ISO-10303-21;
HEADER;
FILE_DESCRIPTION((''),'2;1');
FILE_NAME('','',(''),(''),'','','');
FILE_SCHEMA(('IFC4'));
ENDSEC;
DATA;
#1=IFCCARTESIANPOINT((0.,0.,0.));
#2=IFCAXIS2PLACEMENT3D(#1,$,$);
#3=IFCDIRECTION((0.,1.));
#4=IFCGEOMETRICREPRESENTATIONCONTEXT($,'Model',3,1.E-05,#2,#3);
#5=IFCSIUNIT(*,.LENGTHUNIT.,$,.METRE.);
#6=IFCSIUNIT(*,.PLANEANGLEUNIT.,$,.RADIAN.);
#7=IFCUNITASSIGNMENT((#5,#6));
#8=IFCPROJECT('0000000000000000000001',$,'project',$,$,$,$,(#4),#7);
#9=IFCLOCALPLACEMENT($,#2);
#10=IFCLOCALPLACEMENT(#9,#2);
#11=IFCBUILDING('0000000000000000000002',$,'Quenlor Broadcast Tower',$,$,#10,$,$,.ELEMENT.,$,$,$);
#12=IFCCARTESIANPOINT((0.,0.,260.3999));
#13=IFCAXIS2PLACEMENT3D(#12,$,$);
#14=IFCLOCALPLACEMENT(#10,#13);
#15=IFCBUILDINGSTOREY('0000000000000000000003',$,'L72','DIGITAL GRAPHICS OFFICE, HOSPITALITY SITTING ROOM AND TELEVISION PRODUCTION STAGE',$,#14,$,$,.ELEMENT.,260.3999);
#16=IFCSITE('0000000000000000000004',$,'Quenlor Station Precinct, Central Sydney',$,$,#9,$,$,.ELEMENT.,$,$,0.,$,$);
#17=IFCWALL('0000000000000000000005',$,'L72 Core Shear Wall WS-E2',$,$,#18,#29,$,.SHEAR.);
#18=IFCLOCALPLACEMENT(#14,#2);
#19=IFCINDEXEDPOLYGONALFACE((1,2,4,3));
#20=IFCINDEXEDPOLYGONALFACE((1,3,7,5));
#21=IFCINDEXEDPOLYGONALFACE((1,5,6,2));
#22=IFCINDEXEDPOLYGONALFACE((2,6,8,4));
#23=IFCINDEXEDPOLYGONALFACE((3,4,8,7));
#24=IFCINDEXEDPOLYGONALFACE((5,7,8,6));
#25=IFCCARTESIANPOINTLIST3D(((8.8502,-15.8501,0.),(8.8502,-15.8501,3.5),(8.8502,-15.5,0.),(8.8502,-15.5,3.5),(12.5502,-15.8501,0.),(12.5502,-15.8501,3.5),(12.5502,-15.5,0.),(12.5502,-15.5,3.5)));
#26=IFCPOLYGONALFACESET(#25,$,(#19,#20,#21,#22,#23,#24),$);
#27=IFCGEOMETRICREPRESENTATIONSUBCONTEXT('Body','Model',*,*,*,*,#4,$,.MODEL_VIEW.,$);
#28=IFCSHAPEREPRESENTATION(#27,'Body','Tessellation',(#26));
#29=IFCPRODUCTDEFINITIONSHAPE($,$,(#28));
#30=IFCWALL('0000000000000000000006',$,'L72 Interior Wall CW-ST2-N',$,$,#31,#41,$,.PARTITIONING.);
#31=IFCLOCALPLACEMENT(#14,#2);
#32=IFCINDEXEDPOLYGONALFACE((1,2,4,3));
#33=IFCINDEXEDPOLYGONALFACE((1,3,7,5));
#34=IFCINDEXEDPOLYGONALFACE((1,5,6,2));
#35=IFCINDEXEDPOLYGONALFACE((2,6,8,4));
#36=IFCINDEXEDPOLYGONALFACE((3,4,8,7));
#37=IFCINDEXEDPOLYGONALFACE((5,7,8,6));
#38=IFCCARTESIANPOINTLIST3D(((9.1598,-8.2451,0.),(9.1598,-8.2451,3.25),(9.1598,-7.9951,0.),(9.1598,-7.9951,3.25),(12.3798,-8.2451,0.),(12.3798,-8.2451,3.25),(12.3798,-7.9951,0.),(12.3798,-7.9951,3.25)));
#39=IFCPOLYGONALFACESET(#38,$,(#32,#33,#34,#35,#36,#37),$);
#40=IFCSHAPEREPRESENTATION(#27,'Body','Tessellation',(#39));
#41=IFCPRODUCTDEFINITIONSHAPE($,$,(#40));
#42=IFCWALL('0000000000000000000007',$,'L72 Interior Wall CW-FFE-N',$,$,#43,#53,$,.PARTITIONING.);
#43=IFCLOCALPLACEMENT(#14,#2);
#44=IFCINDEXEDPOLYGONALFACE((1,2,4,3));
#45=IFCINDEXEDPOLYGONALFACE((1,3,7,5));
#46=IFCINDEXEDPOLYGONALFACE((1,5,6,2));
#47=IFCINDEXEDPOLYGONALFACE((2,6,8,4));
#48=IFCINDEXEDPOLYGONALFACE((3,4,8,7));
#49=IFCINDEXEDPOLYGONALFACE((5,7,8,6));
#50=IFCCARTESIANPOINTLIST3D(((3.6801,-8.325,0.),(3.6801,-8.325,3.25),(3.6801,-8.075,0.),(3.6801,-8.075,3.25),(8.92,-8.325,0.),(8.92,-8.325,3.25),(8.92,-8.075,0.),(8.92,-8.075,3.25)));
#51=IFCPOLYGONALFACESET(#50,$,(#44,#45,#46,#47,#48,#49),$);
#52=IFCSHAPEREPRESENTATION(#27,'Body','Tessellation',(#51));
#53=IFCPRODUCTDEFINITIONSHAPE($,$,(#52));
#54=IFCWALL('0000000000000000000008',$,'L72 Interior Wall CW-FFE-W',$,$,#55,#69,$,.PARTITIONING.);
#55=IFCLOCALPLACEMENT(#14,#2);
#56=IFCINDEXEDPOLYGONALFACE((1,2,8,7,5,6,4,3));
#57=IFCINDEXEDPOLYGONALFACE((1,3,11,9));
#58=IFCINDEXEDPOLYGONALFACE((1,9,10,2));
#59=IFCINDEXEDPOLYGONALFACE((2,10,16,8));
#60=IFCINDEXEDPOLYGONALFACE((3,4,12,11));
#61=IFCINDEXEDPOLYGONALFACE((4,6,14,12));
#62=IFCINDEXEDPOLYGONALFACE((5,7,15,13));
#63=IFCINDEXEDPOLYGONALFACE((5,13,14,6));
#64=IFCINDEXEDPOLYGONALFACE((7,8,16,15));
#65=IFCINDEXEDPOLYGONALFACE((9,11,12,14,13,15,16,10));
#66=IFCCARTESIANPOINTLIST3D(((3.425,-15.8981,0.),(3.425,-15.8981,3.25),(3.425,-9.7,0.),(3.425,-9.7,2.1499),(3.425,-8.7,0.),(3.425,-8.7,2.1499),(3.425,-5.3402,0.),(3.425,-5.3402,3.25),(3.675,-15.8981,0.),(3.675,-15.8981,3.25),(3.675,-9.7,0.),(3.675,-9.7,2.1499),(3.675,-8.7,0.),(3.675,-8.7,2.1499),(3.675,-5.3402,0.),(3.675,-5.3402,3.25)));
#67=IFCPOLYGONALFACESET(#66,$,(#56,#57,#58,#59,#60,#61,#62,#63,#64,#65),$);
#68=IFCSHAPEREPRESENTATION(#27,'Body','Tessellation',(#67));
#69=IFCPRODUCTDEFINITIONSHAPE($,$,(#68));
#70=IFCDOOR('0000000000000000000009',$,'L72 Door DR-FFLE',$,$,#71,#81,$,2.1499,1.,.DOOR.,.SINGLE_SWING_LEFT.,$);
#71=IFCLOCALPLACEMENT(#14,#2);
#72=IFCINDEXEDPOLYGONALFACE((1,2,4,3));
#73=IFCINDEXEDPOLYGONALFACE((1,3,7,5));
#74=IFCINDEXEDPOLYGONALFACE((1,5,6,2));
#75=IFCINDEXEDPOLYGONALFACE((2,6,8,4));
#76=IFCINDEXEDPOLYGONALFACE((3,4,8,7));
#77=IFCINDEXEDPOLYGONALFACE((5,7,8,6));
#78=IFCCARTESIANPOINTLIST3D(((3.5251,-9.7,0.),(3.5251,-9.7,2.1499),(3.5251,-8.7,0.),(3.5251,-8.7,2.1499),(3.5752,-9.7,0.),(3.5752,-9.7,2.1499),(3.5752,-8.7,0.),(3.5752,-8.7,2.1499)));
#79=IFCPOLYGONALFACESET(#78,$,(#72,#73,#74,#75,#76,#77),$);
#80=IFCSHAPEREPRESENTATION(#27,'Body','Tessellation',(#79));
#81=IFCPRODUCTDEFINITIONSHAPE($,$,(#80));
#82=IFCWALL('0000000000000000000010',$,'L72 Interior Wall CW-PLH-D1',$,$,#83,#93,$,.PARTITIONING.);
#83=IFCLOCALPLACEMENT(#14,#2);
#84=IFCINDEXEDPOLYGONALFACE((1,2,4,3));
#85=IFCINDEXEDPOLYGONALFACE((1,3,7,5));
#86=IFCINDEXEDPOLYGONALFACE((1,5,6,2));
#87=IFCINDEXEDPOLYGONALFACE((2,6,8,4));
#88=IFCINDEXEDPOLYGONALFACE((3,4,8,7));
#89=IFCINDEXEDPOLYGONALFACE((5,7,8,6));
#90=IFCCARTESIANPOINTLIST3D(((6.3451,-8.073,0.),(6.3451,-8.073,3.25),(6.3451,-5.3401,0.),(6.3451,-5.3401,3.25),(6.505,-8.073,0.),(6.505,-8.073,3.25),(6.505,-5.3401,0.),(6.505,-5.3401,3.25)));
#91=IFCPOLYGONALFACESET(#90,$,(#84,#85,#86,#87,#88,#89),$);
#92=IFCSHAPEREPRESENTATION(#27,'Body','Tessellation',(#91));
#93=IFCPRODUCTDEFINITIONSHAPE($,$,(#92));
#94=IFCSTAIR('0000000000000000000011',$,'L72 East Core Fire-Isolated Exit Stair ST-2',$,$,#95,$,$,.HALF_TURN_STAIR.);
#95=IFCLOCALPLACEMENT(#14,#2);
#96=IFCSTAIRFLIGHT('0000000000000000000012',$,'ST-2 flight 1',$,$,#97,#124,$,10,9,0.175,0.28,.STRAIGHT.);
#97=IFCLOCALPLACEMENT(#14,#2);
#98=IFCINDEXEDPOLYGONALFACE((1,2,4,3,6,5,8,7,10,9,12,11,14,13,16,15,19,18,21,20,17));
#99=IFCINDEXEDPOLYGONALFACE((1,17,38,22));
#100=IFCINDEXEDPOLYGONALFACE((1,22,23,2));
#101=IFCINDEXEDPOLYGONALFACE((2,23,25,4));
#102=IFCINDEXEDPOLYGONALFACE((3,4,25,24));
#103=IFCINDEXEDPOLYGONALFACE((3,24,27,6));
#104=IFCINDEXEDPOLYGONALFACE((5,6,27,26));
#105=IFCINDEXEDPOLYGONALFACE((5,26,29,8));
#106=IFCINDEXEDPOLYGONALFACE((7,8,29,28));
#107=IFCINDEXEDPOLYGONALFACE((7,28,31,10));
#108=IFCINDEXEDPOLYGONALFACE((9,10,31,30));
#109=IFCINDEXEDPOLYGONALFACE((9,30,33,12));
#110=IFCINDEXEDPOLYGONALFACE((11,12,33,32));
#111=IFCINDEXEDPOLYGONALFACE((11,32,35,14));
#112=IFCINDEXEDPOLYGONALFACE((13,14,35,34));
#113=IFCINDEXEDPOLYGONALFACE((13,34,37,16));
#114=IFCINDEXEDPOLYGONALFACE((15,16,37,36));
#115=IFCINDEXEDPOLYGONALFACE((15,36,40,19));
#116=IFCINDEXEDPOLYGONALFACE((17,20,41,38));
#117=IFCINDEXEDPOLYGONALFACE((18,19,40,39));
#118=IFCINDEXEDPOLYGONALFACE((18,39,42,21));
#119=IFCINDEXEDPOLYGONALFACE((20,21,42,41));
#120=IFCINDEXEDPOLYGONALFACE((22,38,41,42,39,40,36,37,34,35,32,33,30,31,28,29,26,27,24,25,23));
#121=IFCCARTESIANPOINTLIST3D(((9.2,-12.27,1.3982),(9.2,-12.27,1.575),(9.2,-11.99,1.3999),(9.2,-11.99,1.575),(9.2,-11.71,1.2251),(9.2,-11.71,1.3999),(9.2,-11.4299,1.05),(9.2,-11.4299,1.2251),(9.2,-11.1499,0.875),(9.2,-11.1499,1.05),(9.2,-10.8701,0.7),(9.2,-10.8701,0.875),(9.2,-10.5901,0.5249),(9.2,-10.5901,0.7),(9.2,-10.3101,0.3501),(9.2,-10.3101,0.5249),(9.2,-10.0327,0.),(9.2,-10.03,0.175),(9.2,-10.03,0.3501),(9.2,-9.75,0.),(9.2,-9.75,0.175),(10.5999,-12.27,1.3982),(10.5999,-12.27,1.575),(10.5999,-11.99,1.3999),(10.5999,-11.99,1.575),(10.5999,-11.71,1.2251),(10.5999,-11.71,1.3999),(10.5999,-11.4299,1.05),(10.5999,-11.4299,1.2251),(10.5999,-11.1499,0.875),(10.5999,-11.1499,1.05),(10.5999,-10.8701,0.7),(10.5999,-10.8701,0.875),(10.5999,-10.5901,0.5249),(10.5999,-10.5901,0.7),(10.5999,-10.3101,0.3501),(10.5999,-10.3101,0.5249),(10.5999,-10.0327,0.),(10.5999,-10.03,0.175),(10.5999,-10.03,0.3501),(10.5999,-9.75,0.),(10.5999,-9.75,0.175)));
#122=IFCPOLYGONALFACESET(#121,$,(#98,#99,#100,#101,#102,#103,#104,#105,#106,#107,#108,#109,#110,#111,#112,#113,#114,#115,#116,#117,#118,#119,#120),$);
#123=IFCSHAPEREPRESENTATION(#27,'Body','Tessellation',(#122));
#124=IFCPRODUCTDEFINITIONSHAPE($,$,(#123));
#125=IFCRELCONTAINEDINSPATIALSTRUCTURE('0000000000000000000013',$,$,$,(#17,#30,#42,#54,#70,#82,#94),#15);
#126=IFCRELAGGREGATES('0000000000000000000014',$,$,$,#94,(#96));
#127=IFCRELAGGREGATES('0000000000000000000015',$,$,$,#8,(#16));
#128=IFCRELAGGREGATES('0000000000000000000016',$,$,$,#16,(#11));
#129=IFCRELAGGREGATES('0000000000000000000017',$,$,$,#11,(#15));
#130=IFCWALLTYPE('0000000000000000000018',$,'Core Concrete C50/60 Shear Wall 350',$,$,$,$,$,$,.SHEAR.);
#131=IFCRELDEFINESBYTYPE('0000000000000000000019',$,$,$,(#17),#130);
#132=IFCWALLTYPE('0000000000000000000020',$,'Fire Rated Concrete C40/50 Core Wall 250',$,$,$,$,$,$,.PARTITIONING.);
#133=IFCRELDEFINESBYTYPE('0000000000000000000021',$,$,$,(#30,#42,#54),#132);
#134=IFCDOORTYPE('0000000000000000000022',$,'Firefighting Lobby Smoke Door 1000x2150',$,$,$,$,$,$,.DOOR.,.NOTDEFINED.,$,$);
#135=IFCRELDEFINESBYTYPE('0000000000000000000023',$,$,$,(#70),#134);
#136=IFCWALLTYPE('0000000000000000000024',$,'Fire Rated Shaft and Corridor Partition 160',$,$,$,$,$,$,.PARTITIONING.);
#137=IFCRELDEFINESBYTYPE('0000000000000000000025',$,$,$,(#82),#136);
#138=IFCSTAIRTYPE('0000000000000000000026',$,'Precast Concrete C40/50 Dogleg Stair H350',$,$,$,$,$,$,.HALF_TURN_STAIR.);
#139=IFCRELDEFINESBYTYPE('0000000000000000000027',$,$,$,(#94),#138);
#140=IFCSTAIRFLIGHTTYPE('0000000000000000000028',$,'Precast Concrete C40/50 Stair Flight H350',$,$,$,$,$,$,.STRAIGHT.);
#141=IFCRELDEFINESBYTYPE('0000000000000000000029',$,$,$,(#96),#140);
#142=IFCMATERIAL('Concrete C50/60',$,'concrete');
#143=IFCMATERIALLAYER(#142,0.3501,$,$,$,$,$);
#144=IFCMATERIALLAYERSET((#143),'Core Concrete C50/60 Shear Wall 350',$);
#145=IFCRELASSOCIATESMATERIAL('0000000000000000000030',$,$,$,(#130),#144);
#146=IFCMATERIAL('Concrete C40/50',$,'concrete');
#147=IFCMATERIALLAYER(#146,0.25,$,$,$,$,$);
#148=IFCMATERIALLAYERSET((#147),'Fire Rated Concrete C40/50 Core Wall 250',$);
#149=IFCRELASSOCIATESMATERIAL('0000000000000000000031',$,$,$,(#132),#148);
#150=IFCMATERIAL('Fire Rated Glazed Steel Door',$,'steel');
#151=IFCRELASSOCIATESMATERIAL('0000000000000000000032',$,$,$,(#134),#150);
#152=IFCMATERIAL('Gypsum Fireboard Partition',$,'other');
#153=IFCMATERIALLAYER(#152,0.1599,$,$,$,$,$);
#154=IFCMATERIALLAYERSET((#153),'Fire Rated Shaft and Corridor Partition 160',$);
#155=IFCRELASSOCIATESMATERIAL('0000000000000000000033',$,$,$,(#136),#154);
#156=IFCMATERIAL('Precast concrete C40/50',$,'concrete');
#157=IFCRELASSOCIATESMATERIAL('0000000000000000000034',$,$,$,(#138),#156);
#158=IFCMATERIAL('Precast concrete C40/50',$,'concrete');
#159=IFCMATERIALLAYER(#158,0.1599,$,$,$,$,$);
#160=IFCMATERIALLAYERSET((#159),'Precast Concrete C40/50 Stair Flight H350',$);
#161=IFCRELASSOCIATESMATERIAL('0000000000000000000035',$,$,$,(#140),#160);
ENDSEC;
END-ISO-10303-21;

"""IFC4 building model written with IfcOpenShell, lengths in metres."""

from ifc_helpers import new_model, si_unit, direction, frame, frame_2d, origin, place, context, subcontext, project, spatial, polyline, rectangle, outline, extrude, material, layer, layer_set, type_object, element, fill, aggregate, save


model = new_model("IFC4")

# Units and contexts
model_context = context("Model", 3, precision=1e-05, world=origin(), true_north=direction((0.0, 1.0)))
body_context = subcontext(model_context, "Body", "Model", "MODEL_VIEW")
ifc_project = project(units=[si_unit("LENGTHUNIT", "METRE"), si_unit("PLANEANGLEUNIT", "RADIAN")], contexts=[model_context])

# Site, building, storey
site_placement = place(None, origin())
site = spatial("IfcSite", under=ifc_project, at=site_placement, Name="Quenlor Station Precinct, Central Sydney", CompositionType="ELEMENT", RefElevation=0.0)
building_placement = place(site_placement, origin())
building = spatial("IfcBuilding", under=site, at=building_placement, Name="Quenlor Broadcast Tower", CompositionType="ELEMENT")
storey_placement = place(building_placement, frame((0.0, 0.0, 260.3999)))
storey = spatial("IfcBuildingStorey", under=building, at=storey_placement, Name="L72", Description="DIGITAL GRAPHICS OFFICE, HOSPITALITY SITTING ROOM AND TELEVISION PRODUCTION STAGE", CompositionType="ELEMENT", Elevation=260.3999)

# Wall
ifc_material_1 = material(Name="Concrete C50/60", Category="concrete")
ifc_layer_1 = layer(ifc_material_1, 0.3501)
ifc_layer_set_1 = layer_set([ifc_layer_1], Name="Core Concrete C50/60 Shear Wall 350")
wall_type_1 = type_object("IfcWallType", Name="Core Concrete C50/60 Shear Wall 350", PredefinedType="SHEAR", material=ifc_layer_set_1)
wall_1_placement = place(storey_placement, frame((8.8501, -15.675, 0.0), z_axis=(0.0, 0.0, 1.0), x_axis=(1.0, 0.0, 0.0)))
element("IfcWall", 1, at=wall_1_placement, inside=storey, type_object=wall_type_1, Name="L72 Core Shear Wall WS-E2", PredefinedType="SHEAR", context=body_context, shape_type="SweptSolid", body=[
    extrude(rectangle(XDim=3.7, YDim=0.3501, at=frame_2d((1.8501, 0.0))), origin(), (0.0, 0.0, 1.0), 3.5),
])

# Shared definitions
ifc_material_2 = material(Name="Concrete C40/50", Category="concrete")
ifc_layer_2 = layer(ifc_material_2, 0.25)
ifc_layer_set_2 = layer_set([ifc_layer_2], Name="Fire Rated Concrete C40/50 Core Wall 250")
wall_type_2 = type_object("IfcWallType", Name="Fire Rated Concrete C40/50 Core Wall 250", PredefinedType="PARTITIONING", material=ifc_layer_set_2)

# Wall
wall_2_placement = place(storey_placement, frame((9.1599, -8.1201, 0.0), z_axis=(0.0, 0.0, 1.0), x_axis=(1.0, 0.0, 0.0)))
element("IfcWall", 2, at=wall_2_placement, inside=storey, type_object=wall_type_2, Name="L72 Interior Wall CW-ST2-N", PredefinedType="PARTITIONING", context=body_context, shape_type="SweptSolid", body=[
    extrude(rectangle(XDim=3.22, YDim=0.25, at=frame_2d((1.6099, 0.0))), origin(), (0.0, 0.0, 1.0), 3.25),
])

# Wall
wall_3_placement = place(storey_placement, frame((3.6799, -8.2, 0.0), z_axis=(0.0, 0.0, 1.0), x_axis=(1.0, 0.0, 0.0)))
element("IfcWall", 3, at=wall_3_placement, inside=storey, type_object=wall_type_2, Name="L72 Interior Wall CW-FFE-N", PredefinedType="PARTITIONING", context=body_context, shape_type="SweptSolid", body=[
    extrude(rectangle(XDim=5.24, YDim=0.25, at=frame_2d((2.6201, 0.0))), origin(), (0.0, 0.0, 1.0), 3.25),
])

# Wall, opening, door
wall_4_placement = place(storey_placement, frame((3.55, -15.8979, 0.0), z_axis=(0.0, 0.0, 1.0), x_axis=(0.0, 1.0, 0.0)))
wall_4 = element("IfcWall", 4, at=wall_4_placement, inside=storey, type_object=wall_type_2, Name="L72 Interior Wall CW-FFE-W", PredefinedType="PARTITIONING", context=body_context, shape_type="SweptSolid", body=[
    extrude(rectangle(XDim=10.5579, YDim=0.25, at=frame_2d((5.2788, 0.0))), origin(), (0.0, 0.0, 1.0), 3.25),
])
opening_1_placement = place(wall_4_placement, frame((6.198, 0.0, 0.0)))
opening_1 = element("IfcOpeningElement", 5, at=opening_1_placement, cuts=wall_4, PredefinedType="OPENING", context=body_context, shape_type="SweptSolid", body=[
    extrude(rectangle(XDim=1.0, YDim=2.1499, at=frame_2d((0.5, 1.075))), frame((0.0, 0.135, 0.0), z_axis=(0.0, -1.0, 0.0), x_axis=(1.0, 0.0, 0.0)), (0.0, 0.0, 1.0), 0.27),
])
ifc_material_3 = material(Name="Fire Rated Glazed Steel Door", Category="steel")
door_type_1 = type_object("IfcDoorType", Name="Firefighting Lobby Smoke Door 1000x2150", OperationType="NOTDEFINED", PredefinedType="DOOR", material=ifc_material_3)
door_1_placement = place(opening_1_placement, origin())
door_1 = element("IfcDoor", 6, at=door_1_placement, inside=storey, type_object=door_type_1, Name="L72 Door DR-FFLE", OperationType="SINGLE_SWING_LEFT", OverallHeight=2.1499, OverallWidth=1.0, PredefinedType="DOOR", context=body_context, shape_type="SweptSolid", body=[
    extrude(rectangle(XDim=1.0, YDim=2.1499, at=frame_2d((0.5, 1.075))), frame((0.0, 0.0249, 0.0), z_axis=(0.0, -1.0, 0.0), x_axis=(1.0, 0.0, 0.0)), (0.0, 0.0, 1.0), 0.05),
])
fill(opening_1, door_1)

# Wall
ifc_material_4 = material(Name="Gypsum Fireboard Partition", Category="other")
ifc_layer_3 = layer(ifc_material_4, 0.1599)
ifc_layer_set_3 = layer_set([ifc_layer_3], Name="Fire Rated Shaft and Corridor Partition 160")
wall_type_3 = type_object("IfcWallType", Name="Fire Rated Shaft and Corridor Partition 160", PredefinedType="PARTITIONING", material=ifc_layer_set_3)
wall_5_placement = place(storey_placement, frame((6.425, -8.073, 0.0), z_axis=(0.0, 0.0, 1.0), x_axis=(0.0, 1.0, 0.0)))
element("IfcWall", 7, at=wall_5_placement, inside=storey, type_object=wall_type_3, Name="L72 Interior Wall CW-PLH-D1", PredefinedType="PARTITIONING", context=body_context, shape_type="SweptSolid", body=[
    extrude(rectangle(XDim=2.7329, YDim=0.1599, at=frame_2d((1.3665, 0.0))), origin(), (0.0, 0.0, 1.0), 3.25),
])

# Stair, stair flight
ifc_material_5 = material(Name="Precast concrete C40/50", Category="concrete")
stair_type = type_object("IfcStairType", Name="Precast Concrete C40/50 Dogleg Stair H350", PredefinedType="HALF_TURN_STAIR", material=ifc_material_5)
stair_placement = place(storey_placement, origin())
stair = element("IfcStair", 8, at=stair_placement, inside=storey, type_object=stair_type, Name="L72 East Core Fire-Isolated Exit Stair ST-2", PredefinedType="HALF_TURN_STAIR")
ifc_material_6 = material(Name="Precast concrete C40/50", Category="concrete")
ifc_layer_4 = layer(ifc_material_6, 0.1599)
ifc_layer_set_4 = layer_set([ifc_layer_4], Name="Precast Concrete C40/50 Stair Flight H350")
stair_flight_type = type_object("IfcStairFlightType", Name="Precast Concrete C40/50 Stair Flight H350", PredefinedType="STRAIGHT", material=ifc_layer_set_4)
stair_flight_placement = place(storey_placement, frame((9.8999, -9.75, 0.0), z_axis=(0.0, 0.0, 1.0), x_axis=(0.0, -1.0, 0.0)))
stair_flight = element("IfcStairFlight", 9, at=stair_flight_placement, type_object=stair_flight_type, Name="ST-2 flight 1", NumberOfRisers=10, NumberOfTreads=9, PredefinedType="STRAIGHT", RiserHeight=0.175, TreadLength=0.28, context=body_context, shape_type="SweptSolid", body=[
    extrude(outline(polyline([(0.0, 0.0), (0.0, 0.175), (0.28, 0.175), (0.28, 0.3501), (0.5601, 0.3501), (0.5601, 0.5249), (0.8401, 0.5249), (0.8401, 0.7), (1.1201, 0.7), (1.1201, 0.875), (1.3999, 0.875), (1.3999, 1.05), (1.6799, 1.05), (1.6799, 1.2251), (1.96, 1.2251), (1.96, 1.3999), (2.24, 1.3999), (2.24, 1.575), (2.52, 1.575), (2.52, 1.75), (2.52, 1.3982), (0.2827, 0.0), (0.0, 0.0)])), frame((0.0, 0.7, 0.0), z_axis=(0.0, -1.0, 0.0), x_axis=(1.0, 0.0, 0.0)), (0.0, 0.0, 1.0), 1.3999),
])
aggregate(stair, [stair_flight])

save(model, "model.ifc")
